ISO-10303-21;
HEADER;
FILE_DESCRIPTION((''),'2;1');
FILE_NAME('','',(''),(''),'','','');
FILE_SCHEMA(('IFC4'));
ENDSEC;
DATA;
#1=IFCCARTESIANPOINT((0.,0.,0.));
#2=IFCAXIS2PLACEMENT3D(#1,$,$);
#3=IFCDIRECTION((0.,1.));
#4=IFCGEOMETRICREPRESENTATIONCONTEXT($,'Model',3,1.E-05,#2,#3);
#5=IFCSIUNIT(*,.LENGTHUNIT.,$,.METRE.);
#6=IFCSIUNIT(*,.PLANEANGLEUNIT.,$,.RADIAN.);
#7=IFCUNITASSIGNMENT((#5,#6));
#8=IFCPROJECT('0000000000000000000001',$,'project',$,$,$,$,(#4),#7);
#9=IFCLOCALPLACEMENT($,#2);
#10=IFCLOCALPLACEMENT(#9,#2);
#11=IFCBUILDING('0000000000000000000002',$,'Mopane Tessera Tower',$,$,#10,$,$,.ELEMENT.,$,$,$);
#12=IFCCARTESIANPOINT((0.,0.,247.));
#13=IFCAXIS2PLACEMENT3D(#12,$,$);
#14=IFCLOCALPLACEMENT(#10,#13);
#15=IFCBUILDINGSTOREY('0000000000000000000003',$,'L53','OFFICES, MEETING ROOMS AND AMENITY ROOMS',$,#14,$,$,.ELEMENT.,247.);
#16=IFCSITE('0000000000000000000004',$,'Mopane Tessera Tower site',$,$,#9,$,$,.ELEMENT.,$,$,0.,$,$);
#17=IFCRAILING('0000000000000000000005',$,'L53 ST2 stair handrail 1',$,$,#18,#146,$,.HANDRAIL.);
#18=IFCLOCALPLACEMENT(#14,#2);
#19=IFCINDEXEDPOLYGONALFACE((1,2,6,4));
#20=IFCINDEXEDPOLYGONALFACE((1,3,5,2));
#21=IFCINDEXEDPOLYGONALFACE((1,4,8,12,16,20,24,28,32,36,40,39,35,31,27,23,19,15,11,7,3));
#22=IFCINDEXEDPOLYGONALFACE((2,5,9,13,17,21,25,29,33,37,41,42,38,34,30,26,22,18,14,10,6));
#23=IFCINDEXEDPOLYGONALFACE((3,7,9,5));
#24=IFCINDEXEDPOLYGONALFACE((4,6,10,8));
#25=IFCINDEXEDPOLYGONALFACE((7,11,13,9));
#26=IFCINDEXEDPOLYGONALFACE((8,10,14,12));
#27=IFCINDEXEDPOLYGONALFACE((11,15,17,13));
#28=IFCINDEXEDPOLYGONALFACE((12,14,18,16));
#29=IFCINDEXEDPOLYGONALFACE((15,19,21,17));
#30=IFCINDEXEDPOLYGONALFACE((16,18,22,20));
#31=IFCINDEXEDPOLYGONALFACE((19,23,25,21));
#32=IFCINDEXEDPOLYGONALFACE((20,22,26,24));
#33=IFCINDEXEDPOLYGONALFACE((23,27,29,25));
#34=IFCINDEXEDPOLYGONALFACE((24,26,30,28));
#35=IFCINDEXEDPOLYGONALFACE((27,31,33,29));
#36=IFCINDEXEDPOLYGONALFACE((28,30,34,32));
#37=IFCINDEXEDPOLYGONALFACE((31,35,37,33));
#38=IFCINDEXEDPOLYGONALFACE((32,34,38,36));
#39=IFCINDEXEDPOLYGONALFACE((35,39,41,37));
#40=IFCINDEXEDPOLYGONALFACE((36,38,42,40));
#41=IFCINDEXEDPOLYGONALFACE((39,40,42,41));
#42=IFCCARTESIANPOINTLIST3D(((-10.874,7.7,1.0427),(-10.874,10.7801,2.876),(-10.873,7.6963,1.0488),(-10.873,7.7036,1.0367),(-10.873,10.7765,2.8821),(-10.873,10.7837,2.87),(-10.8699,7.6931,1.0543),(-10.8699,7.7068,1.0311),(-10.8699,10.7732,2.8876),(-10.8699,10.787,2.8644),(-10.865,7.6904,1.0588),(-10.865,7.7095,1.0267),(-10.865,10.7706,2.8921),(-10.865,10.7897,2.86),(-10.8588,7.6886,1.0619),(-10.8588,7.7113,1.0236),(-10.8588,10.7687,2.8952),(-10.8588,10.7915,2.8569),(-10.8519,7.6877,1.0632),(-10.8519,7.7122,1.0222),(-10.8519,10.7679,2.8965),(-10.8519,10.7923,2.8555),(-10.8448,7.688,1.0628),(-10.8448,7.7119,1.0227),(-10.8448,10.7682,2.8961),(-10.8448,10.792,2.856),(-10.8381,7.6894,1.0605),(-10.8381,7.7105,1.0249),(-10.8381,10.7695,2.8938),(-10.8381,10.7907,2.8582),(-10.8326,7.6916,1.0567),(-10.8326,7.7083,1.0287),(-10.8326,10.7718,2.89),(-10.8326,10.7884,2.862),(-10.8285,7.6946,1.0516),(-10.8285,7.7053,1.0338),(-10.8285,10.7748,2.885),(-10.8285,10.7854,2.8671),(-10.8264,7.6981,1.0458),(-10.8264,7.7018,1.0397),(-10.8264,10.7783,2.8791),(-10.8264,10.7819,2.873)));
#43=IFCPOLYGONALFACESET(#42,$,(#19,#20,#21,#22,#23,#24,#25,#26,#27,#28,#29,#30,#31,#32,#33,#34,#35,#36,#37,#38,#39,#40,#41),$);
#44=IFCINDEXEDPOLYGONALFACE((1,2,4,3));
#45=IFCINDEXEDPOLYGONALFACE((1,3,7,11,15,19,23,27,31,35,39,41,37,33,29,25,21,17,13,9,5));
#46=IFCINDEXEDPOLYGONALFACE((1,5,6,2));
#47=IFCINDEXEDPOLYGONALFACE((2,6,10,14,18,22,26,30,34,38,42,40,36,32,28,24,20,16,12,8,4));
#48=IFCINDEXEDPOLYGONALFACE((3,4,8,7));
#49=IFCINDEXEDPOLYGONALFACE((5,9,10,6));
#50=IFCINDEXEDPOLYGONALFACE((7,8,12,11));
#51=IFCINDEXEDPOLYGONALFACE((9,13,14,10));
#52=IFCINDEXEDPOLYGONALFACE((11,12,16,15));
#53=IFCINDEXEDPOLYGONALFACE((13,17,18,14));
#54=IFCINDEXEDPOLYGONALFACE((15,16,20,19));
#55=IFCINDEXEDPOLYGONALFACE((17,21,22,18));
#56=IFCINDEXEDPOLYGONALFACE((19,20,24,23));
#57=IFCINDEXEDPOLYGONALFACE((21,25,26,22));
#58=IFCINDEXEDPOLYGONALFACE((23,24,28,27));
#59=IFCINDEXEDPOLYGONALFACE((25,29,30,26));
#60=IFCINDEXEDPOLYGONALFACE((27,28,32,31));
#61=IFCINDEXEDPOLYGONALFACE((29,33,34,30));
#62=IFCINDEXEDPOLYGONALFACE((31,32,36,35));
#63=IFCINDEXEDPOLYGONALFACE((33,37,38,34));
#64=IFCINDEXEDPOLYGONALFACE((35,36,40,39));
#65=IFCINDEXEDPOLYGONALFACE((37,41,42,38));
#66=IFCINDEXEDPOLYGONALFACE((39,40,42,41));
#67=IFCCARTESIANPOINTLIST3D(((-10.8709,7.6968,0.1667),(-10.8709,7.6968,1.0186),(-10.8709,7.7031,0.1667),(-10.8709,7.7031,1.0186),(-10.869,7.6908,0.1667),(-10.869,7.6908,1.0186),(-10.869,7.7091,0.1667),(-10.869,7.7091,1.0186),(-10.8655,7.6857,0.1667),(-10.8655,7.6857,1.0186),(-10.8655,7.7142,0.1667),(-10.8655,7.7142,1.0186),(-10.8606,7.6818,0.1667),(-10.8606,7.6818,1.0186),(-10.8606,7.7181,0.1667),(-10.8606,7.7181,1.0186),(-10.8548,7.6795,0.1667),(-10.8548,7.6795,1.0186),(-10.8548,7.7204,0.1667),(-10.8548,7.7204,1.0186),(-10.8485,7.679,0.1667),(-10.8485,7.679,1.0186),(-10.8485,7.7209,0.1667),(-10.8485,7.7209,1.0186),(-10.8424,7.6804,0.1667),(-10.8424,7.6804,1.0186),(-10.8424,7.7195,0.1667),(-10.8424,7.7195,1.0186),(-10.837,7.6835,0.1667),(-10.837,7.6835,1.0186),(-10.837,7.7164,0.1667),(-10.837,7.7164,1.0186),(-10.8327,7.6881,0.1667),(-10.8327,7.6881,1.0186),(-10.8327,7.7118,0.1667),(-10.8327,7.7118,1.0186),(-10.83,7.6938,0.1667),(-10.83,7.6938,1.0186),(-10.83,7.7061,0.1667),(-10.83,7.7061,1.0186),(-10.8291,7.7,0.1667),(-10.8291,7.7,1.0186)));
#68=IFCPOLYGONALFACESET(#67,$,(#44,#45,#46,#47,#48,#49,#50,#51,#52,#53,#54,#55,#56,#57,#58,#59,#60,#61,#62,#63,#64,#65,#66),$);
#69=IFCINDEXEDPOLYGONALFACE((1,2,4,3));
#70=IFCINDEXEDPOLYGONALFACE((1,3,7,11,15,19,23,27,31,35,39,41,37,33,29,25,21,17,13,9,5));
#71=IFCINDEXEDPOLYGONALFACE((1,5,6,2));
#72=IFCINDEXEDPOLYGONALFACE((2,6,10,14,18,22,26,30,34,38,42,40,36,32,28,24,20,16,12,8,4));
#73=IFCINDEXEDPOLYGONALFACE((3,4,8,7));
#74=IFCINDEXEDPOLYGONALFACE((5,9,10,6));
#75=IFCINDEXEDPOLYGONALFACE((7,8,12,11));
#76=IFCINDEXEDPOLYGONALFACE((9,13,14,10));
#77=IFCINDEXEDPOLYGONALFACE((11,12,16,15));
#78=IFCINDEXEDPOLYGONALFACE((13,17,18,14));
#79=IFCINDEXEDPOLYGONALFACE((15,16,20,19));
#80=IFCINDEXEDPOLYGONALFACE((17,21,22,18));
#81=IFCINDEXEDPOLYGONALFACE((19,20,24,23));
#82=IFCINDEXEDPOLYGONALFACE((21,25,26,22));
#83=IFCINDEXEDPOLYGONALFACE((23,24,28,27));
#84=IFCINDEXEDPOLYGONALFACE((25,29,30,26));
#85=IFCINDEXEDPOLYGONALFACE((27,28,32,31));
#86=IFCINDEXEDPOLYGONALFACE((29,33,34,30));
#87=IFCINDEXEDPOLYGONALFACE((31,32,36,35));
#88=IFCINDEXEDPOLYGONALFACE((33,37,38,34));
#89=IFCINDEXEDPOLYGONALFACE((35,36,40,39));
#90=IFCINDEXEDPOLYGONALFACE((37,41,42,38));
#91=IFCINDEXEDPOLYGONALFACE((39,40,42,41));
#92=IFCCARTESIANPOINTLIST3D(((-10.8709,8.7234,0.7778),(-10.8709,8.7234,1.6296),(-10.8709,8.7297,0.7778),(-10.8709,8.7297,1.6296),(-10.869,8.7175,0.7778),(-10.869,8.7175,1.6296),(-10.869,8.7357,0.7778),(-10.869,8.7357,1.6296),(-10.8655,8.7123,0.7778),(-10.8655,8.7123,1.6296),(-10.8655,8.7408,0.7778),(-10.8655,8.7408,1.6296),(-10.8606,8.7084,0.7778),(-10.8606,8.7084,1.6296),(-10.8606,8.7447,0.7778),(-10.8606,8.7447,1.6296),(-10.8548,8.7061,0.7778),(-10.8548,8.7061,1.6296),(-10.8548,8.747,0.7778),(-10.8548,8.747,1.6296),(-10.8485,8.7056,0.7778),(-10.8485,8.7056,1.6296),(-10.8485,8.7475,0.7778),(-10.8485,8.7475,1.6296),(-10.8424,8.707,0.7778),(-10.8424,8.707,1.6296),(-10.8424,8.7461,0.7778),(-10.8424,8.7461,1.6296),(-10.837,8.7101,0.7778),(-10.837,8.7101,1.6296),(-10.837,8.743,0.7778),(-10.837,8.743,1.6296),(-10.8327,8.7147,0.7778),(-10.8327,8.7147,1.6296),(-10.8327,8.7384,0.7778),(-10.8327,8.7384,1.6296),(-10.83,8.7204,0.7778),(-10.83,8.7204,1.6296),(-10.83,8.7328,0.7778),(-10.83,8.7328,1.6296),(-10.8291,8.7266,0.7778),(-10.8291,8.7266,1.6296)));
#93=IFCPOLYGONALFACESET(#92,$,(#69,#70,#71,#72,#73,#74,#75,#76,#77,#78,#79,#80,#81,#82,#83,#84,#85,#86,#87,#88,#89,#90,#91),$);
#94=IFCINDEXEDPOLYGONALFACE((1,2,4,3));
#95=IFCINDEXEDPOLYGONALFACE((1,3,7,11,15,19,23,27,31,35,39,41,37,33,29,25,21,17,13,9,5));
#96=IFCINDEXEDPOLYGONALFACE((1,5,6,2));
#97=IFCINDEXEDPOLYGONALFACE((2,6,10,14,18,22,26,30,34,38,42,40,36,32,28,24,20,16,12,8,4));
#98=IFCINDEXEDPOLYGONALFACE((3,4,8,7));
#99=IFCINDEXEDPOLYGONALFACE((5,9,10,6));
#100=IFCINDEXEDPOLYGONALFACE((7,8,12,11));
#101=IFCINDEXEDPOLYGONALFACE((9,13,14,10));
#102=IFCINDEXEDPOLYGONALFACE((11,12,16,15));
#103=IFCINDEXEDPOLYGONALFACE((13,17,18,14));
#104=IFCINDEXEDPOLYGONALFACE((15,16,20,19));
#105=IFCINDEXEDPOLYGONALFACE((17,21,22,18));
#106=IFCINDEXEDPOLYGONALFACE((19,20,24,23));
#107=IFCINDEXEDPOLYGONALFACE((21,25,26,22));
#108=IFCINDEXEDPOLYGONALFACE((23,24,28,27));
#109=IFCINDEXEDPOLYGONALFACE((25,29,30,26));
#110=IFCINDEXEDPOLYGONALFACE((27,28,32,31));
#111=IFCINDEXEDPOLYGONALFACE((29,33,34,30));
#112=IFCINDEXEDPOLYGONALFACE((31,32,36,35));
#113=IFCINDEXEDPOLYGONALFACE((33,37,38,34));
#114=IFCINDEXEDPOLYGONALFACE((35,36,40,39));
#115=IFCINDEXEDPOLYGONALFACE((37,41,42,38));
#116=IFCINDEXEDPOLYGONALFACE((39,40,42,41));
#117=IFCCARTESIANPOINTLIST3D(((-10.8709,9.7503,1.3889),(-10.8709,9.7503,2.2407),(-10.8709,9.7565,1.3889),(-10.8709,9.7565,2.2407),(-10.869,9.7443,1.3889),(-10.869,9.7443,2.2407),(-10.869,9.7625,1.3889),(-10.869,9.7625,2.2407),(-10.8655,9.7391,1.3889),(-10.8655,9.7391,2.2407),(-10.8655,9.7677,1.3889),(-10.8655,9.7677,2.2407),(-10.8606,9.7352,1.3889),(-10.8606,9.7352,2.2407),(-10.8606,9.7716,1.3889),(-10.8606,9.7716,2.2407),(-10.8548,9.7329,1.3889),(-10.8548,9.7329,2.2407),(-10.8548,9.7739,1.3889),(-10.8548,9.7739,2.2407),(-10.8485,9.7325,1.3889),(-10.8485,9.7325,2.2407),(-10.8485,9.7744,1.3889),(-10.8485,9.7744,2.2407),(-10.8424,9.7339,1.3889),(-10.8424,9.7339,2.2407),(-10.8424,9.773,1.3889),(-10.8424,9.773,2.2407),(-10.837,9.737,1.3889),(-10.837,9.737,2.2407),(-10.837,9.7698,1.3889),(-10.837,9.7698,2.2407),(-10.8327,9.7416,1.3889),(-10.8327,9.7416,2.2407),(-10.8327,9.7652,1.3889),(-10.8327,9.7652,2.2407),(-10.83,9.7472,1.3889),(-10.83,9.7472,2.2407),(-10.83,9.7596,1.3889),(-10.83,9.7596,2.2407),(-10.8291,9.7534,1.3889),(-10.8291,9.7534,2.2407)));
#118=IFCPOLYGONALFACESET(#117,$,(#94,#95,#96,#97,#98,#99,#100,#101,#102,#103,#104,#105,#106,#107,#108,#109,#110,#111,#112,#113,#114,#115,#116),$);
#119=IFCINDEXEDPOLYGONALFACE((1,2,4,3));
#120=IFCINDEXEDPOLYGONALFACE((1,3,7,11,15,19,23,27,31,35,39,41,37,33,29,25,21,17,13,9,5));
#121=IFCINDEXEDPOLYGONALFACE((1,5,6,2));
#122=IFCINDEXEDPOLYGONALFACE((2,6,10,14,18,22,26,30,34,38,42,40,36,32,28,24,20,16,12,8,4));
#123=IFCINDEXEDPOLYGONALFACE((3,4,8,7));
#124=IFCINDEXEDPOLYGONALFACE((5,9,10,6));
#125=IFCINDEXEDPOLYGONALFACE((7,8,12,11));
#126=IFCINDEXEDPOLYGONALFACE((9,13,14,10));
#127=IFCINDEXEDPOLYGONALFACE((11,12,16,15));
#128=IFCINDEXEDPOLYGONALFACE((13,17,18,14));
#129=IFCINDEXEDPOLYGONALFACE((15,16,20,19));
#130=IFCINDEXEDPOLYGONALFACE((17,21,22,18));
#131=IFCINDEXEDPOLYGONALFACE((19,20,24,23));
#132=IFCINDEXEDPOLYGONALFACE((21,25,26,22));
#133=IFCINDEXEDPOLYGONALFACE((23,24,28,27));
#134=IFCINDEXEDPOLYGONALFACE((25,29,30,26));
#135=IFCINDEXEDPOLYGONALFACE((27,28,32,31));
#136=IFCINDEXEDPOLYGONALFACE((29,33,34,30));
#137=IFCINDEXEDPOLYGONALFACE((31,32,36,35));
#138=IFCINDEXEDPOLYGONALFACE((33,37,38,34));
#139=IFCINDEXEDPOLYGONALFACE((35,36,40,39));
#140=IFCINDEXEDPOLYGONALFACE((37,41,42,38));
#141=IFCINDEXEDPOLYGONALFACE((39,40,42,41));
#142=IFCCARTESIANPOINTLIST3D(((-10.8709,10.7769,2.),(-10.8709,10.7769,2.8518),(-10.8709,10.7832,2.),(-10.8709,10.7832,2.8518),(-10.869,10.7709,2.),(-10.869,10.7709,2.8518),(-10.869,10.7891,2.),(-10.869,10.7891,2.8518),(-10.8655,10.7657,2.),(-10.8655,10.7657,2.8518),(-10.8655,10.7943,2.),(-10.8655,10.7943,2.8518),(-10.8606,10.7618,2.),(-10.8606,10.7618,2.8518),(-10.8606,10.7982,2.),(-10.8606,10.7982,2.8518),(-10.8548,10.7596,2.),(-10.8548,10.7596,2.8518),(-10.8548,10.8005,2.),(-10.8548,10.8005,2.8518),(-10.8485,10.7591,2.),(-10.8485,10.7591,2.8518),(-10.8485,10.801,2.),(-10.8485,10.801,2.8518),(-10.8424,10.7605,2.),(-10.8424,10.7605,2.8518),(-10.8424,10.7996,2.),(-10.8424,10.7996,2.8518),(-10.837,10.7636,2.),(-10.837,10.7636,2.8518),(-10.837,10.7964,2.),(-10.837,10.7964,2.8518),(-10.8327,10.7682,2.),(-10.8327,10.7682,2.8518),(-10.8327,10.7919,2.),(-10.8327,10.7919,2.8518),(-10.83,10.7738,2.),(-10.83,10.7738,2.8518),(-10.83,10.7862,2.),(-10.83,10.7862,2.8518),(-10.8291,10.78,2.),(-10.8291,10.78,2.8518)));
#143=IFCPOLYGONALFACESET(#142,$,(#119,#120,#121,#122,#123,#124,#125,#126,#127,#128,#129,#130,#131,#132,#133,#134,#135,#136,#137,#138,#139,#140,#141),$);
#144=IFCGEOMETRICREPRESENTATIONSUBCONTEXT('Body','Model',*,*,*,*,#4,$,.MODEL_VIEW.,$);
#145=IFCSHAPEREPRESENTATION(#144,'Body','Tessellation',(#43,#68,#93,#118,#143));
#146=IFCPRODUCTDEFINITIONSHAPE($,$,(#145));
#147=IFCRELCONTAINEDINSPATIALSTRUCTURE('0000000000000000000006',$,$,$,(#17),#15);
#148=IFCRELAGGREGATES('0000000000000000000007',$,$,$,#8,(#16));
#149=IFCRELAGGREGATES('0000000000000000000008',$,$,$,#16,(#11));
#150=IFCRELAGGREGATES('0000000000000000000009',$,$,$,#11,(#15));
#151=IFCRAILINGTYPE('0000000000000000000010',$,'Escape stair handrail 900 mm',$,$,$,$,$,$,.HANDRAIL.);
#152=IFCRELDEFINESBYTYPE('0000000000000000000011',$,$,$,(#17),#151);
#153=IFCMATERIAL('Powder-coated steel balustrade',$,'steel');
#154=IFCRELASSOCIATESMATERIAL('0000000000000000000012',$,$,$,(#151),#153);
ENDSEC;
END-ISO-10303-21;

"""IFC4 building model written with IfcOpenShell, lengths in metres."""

from ifc_helpers import new_model, si_unit, direction, frame, origin, origin_2d, place, context, subcontext, project, spatial, circle, extrude, material, type_object, element, save


model = new_model("IFC4")

# Units and contexts
model_context = context("Model", 3, precision=1e-05, world=origin(), true_north=direction((0.0, 1.0)))
body_context = subcontext(model_context, "Body", "Model", "MODEL_VIEW")
ifc_project = project(units=[si_unit("LENGTHUNIT", "METRE"), si_unit("PLANEANGLEUNIT", "RADIAN")], contexts=[model_context])

# Site, building, storey
site_placement = place(None, origin())
site = spatial("IfcSite", under=ifc_project, at=site_placement, Name="Mopane Tessera Tower site", CompositionType="ELEMENT", RefElevation=0.0)
building_placement = place(site_placement, origin())
building = spatial("IfcBuilding", under=site, at=building_placement, Name="Mopane Tessera Tower", CompositionType="ELEMENT")
storey_placement = place(building_placement, frame((0.0, 0.0, 247.0)))
storey = spatial("IfcBuildingStorey", under=building, at=storey_placement, Name="L53", Description="OFFICES, MEETING ROOMS AND AMENITY ROOMS", CompositionType="ELEMENT", Elevation=247.0)

# Railing
ifc_material_1 = material(Name="Powder-coated steel balustrade", Category="steel")
railing_type_1 = type_object("IfcRailingType", Name="Escape stair handrail 900 mm", PredefinedType="HANDRAIL", material=ifc_material_1)
railing_1_placement = place(storey_placement, frame((-10.8501, 7.7, 0.1667)))
element("IfcRailing", 1, at=railing_1_placement, inside=storey, type_object=railing_type_1, Name="L53 ST2 stair handrail 1", PredefinedType="HANDRAIL", context=body_context, shape_type="SweptSolid", body=[
    extrude(circle(Radius=0.0239, at=origin_2d()), frame((0.0, 0.0, 0.876), z_axis=(0.0, 0.859309, 0.511458), x_axis=(-1.0, 0.0, 0.0)), (0.0, 0.0, 1.0), 3.5845),
    extrude(circle(Radius=0.021, at=origin_2d()), origin(), (0.0, 0.0, 1.0), 0.8518),
    extrude(circle(Radius=0.021, at=origin_2d()), frame((0.0, 1.0266, 0.6111)), (0.0, 0.0, 1.0), 0.8518),
    extrude(circle(Radius=0.021, at=origin_2d()), frame((0.0, 2.0535, 1.2222)), (0.0, 0.0, 1.0), 0.8518),
    extrude(circle(Radius=0.021, at=origin_2d()), frame((0.0, 3.0801, 1.8333)), (0.0, 0.0, 1.0), 0.8518),
])

save(model, "model.ifc")
